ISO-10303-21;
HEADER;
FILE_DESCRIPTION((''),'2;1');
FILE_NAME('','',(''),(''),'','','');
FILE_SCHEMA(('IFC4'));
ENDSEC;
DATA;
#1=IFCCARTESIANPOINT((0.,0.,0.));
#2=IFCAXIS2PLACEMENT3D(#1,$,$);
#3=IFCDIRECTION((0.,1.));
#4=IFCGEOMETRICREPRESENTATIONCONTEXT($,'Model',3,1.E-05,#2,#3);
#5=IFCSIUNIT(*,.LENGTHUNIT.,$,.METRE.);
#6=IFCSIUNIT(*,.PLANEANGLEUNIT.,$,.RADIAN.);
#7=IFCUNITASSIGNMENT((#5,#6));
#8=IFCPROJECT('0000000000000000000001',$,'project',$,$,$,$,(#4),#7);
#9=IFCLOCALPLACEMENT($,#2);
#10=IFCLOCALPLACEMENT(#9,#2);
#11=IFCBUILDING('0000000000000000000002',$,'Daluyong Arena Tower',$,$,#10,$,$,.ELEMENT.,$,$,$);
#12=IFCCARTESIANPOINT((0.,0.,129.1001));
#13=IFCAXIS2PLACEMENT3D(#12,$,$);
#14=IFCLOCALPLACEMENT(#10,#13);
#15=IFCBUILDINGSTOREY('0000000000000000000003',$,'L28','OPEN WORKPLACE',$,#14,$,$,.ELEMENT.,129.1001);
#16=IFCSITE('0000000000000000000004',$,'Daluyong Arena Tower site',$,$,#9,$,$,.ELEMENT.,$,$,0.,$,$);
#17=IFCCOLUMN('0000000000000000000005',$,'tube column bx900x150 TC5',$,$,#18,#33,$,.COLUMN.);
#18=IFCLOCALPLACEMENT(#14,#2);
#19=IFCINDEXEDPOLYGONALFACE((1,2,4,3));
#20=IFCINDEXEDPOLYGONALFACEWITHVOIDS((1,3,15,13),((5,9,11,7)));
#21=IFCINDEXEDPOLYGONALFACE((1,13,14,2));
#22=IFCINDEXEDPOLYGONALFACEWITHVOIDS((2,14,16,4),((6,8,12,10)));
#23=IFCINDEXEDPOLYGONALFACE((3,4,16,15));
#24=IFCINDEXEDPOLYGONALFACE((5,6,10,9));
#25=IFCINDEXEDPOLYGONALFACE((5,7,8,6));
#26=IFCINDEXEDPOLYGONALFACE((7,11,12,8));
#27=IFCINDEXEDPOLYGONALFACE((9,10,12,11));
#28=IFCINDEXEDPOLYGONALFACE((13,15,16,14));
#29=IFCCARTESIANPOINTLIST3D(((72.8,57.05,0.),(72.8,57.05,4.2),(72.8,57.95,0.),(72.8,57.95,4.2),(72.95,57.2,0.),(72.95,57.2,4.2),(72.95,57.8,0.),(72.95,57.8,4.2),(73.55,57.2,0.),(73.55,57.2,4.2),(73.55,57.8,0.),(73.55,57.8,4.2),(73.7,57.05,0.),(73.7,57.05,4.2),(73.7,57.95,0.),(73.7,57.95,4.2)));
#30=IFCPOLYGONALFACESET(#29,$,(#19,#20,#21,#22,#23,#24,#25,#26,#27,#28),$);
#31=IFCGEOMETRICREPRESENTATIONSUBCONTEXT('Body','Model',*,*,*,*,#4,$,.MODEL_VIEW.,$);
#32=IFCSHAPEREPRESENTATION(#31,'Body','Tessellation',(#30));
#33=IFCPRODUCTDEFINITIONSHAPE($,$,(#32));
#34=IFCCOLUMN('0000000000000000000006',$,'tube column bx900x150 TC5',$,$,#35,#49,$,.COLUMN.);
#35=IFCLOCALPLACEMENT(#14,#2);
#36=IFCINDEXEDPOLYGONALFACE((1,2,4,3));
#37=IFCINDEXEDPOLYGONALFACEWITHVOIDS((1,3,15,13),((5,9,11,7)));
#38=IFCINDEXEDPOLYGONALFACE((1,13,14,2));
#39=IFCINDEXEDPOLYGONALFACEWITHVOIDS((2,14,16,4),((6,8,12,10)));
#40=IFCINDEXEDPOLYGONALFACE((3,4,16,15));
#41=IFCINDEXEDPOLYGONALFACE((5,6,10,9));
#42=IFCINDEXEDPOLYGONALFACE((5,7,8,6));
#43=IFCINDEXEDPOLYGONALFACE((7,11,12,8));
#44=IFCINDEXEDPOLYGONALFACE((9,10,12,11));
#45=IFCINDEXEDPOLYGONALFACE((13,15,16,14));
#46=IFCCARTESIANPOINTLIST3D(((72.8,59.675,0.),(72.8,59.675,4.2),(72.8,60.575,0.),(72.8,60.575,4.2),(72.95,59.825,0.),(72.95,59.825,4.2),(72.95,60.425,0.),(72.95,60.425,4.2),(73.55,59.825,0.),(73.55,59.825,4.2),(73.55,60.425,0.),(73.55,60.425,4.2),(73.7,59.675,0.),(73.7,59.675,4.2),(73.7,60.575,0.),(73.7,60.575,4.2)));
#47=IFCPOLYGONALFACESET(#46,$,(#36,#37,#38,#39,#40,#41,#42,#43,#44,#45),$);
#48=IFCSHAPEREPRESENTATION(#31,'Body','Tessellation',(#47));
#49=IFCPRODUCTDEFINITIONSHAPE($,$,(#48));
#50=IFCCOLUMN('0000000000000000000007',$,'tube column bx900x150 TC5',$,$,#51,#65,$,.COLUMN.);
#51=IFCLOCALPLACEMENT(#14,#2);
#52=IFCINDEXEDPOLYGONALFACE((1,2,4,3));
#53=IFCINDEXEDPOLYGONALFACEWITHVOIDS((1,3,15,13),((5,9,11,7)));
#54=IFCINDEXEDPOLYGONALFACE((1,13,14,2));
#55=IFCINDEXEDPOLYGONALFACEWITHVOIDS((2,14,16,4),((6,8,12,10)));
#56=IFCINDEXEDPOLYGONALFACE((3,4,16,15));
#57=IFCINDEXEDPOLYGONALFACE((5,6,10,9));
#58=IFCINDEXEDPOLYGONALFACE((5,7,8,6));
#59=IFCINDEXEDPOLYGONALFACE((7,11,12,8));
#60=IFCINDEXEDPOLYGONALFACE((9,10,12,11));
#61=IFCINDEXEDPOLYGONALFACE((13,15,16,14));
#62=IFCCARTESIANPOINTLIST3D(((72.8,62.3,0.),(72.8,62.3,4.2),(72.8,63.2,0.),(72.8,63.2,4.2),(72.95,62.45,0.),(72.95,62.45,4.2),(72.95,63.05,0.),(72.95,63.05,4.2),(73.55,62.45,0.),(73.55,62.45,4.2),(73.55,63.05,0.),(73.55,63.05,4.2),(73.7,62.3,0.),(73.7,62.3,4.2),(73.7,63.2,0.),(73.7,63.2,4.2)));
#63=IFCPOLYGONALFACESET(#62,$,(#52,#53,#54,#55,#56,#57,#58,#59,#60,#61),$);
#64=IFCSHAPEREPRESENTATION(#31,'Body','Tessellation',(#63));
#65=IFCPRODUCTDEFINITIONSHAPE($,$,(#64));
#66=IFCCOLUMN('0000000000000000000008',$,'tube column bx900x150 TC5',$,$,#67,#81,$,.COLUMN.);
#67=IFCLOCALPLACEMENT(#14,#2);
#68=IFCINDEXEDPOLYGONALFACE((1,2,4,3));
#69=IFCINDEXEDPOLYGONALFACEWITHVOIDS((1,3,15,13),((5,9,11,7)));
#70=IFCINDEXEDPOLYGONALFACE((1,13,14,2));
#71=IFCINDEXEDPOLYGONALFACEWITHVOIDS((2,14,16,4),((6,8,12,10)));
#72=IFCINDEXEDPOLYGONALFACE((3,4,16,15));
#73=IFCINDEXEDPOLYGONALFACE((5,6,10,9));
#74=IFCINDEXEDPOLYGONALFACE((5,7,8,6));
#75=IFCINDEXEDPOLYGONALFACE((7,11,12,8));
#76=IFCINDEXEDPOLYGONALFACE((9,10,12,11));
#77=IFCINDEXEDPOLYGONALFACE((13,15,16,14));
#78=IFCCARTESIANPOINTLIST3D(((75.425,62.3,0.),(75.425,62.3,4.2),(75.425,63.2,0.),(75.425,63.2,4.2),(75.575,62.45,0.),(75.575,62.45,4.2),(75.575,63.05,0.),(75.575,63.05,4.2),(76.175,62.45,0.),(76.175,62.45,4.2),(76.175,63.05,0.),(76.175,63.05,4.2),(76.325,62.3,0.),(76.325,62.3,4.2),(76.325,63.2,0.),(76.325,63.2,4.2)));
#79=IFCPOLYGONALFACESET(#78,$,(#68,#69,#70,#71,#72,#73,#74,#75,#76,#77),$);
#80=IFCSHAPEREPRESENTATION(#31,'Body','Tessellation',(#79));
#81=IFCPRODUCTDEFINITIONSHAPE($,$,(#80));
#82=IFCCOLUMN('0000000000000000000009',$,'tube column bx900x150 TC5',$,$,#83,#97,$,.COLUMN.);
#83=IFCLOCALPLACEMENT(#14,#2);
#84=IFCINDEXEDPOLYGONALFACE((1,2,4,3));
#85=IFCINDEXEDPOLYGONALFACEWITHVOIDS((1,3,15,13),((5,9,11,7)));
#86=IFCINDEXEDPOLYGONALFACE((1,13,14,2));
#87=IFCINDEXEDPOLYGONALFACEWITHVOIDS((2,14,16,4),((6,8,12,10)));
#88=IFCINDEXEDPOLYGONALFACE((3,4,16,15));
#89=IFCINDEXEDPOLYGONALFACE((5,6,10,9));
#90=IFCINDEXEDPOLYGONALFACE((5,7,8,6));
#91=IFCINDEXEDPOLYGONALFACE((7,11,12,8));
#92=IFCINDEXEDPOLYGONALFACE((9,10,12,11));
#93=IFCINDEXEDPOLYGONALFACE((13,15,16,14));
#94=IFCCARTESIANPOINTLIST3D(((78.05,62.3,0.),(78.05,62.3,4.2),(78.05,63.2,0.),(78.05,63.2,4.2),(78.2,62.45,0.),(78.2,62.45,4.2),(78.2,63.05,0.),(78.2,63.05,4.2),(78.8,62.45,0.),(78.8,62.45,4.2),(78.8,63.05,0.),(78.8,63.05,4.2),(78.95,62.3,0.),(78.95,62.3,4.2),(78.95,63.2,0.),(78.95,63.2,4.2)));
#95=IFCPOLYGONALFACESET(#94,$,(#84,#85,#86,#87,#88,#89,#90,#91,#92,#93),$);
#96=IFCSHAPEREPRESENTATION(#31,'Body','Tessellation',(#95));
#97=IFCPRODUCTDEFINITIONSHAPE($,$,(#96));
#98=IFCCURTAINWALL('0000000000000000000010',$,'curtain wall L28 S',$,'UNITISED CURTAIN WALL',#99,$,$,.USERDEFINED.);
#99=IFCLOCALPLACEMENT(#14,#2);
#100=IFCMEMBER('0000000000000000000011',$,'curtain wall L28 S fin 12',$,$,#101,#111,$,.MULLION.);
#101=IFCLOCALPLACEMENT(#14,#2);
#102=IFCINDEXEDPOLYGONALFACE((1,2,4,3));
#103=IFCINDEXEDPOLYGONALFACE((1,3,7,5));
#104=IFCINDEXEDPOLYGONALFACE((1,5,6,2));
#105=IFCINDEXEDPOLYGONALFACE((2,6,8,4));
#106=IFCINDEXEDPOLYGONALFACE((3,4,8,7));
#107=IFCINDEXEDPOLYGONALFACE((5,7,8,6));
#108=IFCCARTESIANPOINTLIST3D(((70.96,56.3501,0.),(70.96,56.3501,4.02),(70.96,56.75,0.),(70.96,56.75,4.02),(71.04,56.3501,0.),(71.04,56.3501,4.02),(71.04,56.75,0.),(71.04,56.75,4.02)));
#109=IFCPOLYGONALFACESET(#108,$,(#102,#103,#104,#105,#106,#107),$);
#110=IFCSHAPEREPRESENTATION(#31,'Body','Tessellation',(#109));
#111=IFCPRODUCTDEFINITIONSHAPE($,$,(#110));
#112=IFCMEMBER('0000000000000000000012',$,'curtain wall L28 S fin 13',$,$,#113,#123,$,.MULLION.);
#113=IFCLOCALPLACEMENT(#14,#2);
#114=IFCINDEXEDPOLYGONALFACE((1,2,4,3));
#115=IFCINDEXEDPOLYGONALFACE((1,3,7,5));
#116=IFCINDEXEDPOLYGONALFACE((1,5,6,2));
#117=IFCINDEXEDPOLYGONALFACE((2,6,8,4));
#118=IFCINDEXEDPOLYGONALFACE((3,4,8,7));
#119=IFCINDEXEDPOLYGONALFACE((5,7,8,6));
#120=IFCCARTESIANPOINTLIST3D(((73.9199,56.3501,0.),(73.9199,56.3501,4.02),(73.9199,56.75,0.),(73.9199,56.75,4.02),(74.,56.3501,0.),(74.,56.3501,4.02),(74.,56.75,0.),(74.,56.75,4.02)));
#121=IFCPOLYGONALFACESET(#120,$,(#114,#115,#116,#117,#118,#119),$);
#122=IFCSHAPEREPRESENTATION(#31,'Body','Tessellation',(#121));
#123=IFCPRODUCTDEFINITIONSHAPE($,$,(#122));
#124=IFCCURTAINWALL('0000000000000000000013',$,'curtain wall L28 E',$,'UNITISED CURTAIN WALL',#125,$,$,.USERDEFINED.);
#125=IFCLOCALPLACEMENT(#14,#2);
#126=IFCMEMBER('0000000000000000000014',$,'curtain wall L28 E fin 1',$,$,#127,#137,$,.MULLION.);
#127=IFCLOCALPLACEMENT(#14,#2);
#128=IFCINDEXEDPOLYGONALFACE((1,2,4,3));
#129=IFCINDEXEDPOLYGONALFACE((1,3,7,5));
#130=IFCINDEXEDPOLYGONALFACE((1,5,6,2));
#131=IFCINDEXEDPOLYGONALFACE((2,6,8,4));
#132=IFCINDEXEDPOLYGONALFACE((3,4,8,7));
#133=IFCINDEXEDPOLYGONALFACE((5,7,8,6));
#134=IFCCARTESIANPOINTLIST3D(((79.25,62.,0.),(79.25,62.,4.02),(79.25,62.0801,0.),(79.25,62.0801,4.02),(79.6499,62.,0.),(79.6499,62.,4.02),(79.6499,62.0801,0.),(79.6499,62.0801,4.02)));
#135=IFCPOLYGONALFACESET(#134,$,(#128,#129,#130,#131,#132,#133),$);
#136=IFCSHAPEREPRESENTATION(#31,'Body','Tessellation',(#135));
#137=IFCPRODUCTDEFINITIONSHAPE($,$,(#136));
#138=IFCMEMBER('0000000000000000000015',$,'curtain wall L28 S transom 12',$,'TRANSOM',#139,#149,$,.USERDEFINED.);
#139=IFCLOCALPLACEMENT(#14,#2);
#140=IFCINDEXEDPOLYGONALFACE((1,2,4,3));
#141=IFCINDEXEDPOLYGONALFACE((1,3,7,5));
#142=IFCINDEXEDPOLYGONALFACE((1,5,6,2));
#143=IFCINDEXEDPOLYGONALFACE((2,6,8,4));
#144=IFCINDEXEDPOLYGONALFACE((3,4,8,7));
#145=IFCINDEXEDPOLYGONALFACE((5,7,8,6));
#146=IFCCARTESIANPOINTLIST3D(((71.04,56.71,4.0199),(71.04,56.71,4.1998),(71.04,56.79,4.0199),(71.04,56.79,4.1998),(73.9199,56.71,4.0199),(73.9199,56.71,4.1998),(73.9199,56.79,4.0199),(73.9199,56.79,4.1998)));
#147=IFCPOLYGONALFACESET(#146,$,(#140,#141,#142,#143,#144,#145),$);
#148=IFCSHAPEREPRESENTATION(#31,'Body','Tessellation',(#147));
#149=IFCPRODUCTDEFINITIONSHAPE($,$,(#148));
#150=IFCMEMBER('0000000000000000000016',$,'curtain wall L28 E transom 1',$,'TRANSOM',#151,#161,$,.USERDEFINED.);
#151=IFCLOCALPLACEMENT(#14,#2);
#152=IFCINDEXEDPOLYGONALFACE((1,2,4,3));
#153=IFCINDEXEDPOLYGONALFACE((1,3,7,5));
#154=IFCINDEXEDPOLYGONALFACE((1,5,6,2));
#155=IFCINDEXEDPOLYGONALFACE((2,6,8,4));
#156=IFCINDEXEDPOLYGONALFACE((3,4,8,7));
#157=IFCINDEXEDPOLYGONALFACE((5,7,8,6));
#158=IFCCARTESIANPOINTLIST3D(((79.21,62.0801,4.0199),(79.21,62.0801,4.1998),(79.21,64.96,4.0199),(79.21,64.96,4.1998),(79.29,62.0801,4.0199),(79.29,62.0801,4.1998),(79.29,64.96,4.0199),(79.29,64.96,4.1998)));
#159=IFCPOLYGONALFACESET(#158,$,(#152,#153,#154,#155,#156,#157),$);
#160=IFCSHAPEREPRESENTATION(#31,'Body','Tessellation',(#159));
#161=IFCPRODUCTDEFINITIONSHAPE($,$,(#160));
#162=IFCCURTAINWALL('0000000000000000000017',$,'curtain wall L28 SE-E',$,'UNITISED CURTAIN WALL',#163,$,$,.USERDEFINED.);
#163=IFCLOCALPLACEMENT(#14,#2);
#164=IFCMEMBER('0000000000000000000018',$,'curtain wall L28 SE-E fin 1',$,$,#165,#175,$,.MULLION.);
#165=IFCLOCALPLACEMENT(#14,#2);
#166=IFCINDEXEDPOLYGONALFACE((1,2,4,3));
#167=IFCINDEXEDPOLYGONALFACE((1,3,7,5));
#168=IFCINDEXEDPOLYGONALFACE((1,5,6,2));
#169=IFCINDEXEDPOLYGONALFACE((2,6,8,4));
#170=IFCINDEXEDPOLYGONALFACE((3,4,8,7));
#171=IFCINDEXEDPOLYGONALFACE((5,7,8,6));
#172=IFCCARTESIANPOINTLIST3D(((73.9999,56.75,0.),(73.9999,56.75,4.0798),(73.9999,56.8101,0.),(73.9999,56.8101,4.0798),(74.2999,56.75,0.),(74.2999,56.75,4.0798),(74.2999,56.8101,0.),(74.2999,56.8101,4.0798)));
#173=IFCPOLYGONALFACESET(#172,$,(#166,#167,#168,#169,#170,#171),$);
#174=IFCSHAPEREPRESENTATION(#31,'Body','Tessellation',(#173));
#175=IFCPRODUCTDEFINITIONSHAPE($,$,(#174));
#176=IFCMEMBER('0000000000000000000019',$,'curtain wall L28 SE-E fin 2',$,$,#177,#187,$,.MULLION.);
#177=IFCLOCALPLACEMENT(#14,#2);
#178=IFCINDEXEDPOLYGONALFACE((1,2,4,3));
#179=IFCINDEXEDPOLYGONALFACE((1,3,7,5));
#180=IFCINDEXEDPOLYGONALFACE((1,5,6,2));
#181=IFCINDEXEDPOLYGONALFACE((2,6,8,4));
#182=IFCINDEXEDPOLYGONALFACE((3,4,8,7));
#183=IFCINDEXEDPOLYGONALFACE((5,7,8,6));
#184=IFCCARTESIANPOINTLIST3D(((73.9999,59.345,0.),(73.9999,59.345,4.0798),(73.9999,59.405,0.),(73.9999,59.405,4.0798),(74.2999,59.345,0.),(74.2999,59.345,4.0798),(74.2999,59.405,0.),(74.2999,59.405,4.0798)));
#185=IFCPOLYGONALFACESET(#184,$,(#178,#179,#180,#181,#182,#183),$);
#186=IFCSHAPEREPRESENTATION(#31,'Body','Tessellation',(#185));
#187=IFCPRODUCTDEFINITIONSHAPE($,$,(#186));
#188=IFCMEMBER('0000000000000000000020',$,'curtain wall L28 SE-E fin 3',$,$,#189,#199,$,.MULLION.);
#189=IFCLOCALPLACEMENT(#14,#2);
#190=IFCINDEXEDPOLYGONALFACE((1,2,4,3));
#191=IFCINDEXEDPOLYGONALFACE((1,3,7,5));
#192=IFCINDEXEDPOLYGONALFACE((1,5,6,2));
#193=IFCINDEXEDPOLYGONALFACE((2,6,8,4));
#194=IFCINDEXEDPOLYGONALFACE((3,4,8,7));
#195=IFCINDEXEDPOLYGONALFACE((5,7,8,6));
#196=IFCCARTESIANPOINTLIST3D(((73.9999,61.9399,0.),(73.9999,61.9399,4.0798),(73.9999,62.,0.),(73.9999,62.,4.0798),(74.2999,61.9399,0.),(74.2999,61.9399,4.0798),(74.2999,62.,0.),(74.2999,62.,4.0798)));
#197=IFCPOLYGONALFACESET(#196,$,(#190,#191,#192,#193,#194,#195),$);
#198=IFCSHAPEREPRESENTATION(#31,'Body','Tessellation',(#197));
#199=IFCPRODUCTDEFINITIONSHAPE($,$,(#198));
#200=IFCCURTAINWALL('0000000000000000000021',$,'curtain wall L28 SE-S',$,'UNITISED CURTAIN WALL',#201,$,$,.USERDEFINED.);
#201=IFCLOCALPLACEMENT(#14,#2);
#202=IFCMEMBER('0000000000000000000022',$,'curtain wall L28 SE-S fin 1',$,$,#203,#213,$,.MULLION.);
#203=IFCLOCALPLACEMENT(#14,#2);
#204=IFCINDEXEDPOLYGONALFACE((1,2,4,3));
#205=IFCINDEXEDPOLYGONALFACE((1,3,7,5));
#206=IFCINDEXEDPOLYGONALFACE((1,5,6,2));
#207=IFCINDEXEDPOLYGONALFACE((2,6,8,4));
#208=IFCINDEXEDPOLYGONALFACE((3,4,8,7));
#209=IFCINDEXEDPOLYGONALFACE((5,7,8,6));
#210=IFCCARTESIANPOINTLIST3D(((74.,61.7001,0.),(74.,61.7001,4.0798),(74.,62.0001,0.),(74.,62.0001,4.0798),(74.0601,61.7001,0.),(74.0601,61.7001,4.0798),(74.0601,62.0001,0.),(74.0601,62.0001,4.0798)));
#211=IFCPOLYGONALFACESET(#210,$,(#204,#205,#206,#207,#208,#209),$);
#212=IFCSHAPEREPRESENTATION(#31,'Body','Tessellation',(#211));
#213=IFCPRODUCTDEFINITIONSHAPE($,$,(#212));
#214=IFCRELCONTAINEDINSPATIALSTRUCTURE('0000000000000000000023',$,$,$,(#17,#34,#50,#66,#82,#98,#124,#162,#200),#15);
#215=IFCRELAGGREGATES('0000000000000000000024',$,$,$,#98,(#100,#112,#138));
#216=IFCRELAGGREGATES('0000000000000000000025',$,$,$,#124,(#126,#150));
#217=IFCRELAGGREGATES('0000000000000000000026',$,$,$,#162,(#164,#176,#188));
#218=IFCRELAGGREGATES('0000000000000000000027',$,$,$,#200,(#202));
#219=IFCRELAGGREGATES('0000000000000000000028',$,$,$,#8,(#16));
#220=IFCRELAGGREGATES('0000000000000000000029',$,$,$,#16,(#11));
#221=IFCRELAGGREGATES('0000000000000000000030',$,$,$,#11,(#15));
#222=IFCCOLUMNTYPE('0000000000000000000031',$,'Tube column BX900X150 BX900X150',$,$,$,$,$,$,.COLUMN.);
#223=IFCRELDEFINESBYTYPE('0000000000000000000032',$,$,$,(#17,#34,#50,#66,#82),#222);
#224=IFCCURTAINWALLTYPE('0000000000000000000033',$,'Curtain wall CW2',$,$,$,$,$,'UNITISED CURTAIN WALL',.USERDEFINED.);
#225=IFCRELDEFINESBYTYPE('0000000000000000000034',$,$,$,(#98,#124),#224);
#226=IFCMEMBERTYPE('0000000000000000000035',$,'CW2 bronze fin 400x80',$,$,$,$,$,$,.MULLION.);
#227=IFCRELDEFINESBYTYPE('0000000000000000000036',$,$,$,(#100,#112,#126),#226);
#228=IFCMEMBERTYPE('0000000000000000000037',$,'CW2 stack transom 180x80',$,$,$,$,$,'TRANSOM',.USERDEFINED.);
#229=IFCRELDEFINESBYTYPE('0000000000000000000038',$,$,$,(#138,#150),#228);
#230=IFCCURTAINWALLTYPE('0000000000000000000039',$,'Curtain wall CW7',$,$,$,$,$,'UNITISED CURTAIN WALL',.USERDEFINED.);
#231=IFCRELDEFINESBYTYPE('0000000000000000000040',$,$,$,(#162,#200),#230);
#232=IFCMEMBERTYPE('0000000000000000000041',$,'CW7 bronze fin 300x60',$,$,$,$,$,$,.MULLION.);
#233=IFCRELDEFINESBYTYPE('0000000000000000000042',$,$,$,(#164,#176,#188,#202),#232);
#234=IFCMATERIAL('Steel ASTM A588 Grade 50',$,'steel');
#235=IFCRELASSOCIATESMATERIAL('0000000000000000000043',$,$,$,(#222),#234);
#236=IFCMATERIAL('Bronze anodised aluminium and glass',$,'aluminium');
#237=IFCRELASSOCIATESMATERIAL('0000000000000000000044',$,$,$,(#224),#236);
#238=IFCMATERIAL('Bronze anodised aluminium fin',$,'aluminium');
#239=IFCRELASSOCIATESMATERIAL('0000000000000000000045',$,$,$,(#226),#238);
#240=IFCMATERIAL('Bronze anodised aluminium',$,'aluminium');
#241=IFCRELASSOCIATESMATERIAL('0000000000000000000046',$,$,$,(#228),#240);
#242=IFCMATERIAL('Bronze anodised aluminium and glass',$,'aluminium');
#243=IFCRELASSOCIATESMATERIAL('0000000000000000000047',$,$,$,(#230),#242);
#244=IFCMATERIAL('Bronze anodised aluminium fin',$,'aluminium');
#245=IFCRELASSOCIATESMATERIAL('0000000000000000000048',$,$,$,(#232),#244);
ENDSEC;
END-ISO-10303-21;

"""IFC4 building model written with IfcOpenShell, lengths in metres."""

from ifc_helpers import new_model, si_unit, direction, frame, origin, origin_2d, place, context, subcontext, project, spatial, rectangle, hollow_rectangle, extrude, material, material_profile, profile_set, type_object, element, aggregate, save


model = new_model("IFC4")

# Units and contexts
model_context = context("Model", 3, precision=1e-05, world=origin(), true_north=direction((0.0, 1.0)))
body_context = subcontext(model_context, "Body", "Model", "MODEL_VIEW")
ifc_project = project(units=[si_unit("LENGTHUNIT", "METRE"), si_unit("PLANEANGLEUNIT", "RADIAN")], contexts=[model_context])

# Site, building, storey
site_placement = place(None, origin())
site = spatial("IfcSite", under=ifc_project, at=site_placement, Name="Daluyong Arena Tower site", CompositionType="ELEMENT", RefElevation=0.0)
building_placement = place(site_placement, origin())
building = spatial("IfcBuilding", under=site, at=building_placement, Name="Daluyong Arena Tower", CompositionType="ELEMENT")
storey_placement = place(building_placement, frame((0.0, 0.0, 129.1001)))
storey = spatial("IfcBuildingStorey", under=building, at=storey_placement, Name="L28", Description="OPEN WORKPLACE", CompositionType="ELEMENT", Elevation=129.1001)

# Columns
ifc_material_1 = material(Name="Steel ASTM A588 Grade 50", Category="steel")
ifc_material_profile_1 = material_profile(ifc_material_1, hollow_rectangle(XDim=0.8999, YDim=0.8999, WallThickness=0.15, at=origin_2d()))
ifc_profile_set_1 = profile_set([ifc_material_profile_1], Name="Steel ASTM A588 Grade 50")
column_type = type_object("IfcColumnType", Name="Tube column BX900X150 BX900X150", PredefinedType="COLUMN", material=ifc_profile_set_1)
for number, where, z_axis, x_axis, name in (
    (1, (73.25, 57.5, 0.0), (0.0, 0.0, 1.0), (0.0, 1.0, 0.0), "tube column bx900x150 TC5"),
    (2, (73.25, 60.125, 0.0), (0.0, 0.0, 1.0), (0.0, 1.0, 0.0), "tube column bx900x150 TC5"),
    (3, (73.25, 62.75, 0.0), (0.0, 0.0, 1.0), (1.0, 0.0, 0.0), "tube column bx900x150 TC5"),
    (4, (75.875, 62.75, 0.0), (0.0, 0.0, 1.0), (1.0, 0.0, 0.0), "tube column bx900x150 TC5"),
    (5, (78.5, 62.75, 0.0), (0.0, 0.0, 1.0), (0.0, 1.0, 0.0), "tube column bx900x150 TC5"),
):
    element("IfcColumn", number, at=place(storey_placement, frame(where, z_axis=z_axis, x_axis=x_axis)), inside=storey, type_object=column_type, Name=name, PredefinedType="COLUMN", context=body_context, shape_type="SweptSolid", body=[
        extrude(hollow_rectangle(XDim=0.8999, YDim=0.8999, WallThickness=0.15, at=origin_2d()), origin(), (0.0, 0.0, 1.0), 4.2),
    ])

# Curtain wall, members
ifc_material_2 = material(Name="Bronze anodised aluminium and glass", Category="aluminium")
curtain_wall_type_1 = type_object("IfcCurtainWallType", Name="Curtain wall CW2", ElementType="UNITISED CURTAIN WALL", PredefinedType="USERDEFINED", material=ifc_material_2)
curtain_wall_1_placement = place(storey_placement, origin())
curtain_wall_1 = element("IfcCurtainWall", 6, at=curtain_wall_1_placement, inside=storey, type_object=curtain_wall_type_1, Name="curtain wall L28 S", ObjectType="UNITISED CURTAIN WALL", PredefinedType="USERDEFINED")
ifc_material_3 = material(Name="Bronze anodised aluminium fin", Category="aluminium")
ifc_material_profile_2 = material_profile(ifc_material_3, rectangle(XDim=0.3999, YDim=0.0801, at=origin_2d()))
ifc_profile_set_2 = profile_set([ifc_material_profile_2], Name="Bronze anodised aluminium fin")
member_type_1 = type_object("IfcMemberType", Name="CW2 bronze fin 400x80", PredefinedType="MULLION", material=ifc_profile_set_2)
member_1_placement = place(storey_placement, frame((71.0, 56.55, 0.0), z_axis=(0.0, 0.0, 1.0), x_axis=(0.0, 1.0, 0.0)))
member_1 = element("IfcMember", 7, at=member_1_placement, type_object=member_type_1, Name="curtain wall L28 S fin 12", PredefinedType="MULLION", context=body_context, shape_type="SweptSolid", body=[
    extrude(rectangle(XDim=0.3999, YDim=0.0801, at=origin_2d()), origin(), (0.0, 0.0, 1.0), 4.02),
])
member_2_placement = place(storey_placement, frame((73.96, 56.55, 0.0), z_axis=(0.0, 0.0, 1.0), x_axis=(0.0, 1.0, 0.0)))
member_2 = element("IfcMember", 8, at=member_2_placement, type_object=member_type_1, Name="curtain wall L28 S fin 13", PredefinedType="MULLION", context=body_context, shape_type="SweptSolid", body=[
    extrude(rectangle(XDim=0.3999, YDim=0.0801, at=origin_2d()), origin(), (0.0, 0.0, 1.0), 4.02),
])

# Curtain wall, member
curtain_wall_2_placement = place(storey_placement, origin())
curtain_wall_2 = element("IfcCurtainWall", 9, at=curtain_wall_2_placement, inside=storey, type_object=curtain_wall_type_1, Name="curtain wall L28 E", ObjectType="UNITISED CURTAIN WALL", PredefinedType="USERDEFINED")
member_3_placement = place(storey_placement, frame((79.45, 62.04, 0.0), z_axis=(0.0, 0.0, 1.0), x_axis=(-1.0, 0.0, 0.0)))
member_3 = element("IfcMember", 10, at=member_3_placement, type_object=member_type_1, Name="curtain wall L28 E fin 1", PredefinedType="MULLION", context=body_context, shape_type="SweptSolid", body=[
    extrude(rectangle(XDim=0.3999, YDim=0.0801, at=origin_2d()), origin(), (0.0, 0.0, 1.0), 4.02),
])

# Members
ifc_material_4 = material(Name="Bronze anodised aluminium", Category="aluminium")
ifc_material_profile_3 = material_profile(ifc_material_4, rectangle(XDim=0.0801, YDim=0.1799, at=origin_2d()))
ifc_profile_set_3 = profile_set([ifc_material_profile_3], Name="Bronze anodised aluminium")
member_type_2 = type_object("IfcMemberType", Name="CW2 stack transom 180x80", ElementType="TRANSOM", PredefinedType="USERDEFINED", material=ifc_profile_set_3)
member_4_placement = place(storey_placement, frame((71.04, 56.75, 4.1099), z_axis=(1.0, 0.0, 0.0), x_axis=(0.0, 1.0, 0.0)))
member_4 = element("IfcMember", 11, at=member_4_placement, type_object=member_type_2, Name="curtain wall L28 S transom 12", ObjectType="TRANSOM", PredefinedType="USERDEFINED", context=body_context, shape_type="SweptSolid", body=[
    extrude(rectangle(XDim=0.0801, YDim=0.1799, at=origin_2d()), origin(), (0.0, 0.0, 1.0), 2.8799),
])
member_5_placement = place(storey_placement, frame((79.25, 62.0801, 4.1099), z_axis=(0.0, 1.0, 0.0), x_axis=(-1.0, 0.0, 0.0)))
member_5 = element("IfcMember", 12, at=member_5_placement, type_object=member_type_2, Name="curtain wall L28 E transom 1", ObjectType="TRANSOM", PredefinedType="USERDEFINED", context=body_context, shape_type="SweptSolid", body=[
    extrude(rectangle(XDim=0.0801, YDim=0.1799, at=origin_2d()), origin(), (0.0, 0.0, 1.0), 2.8799),
])

# Curtain walls, members
ifc_material_5 = material(Name="Bronze anodised aluminium and glass", Category="aluminium")
curtain_wall_type_2 = type_object("IfcCurtainWallType", Name="Curtain wall CW7", ElementType="UNITISED CURTAIN WALL", PredefinedType="USERDEFINED", material=ifc_material_5)
curtain_wall_3_placement = place(storey_placement, origin())
curtain_wall_3 = element("IfcCurtainWall", 13, at=curtain_wall_3_placement, inside=storey, type_object=curtain_wall_type_2, Name="curtain wall L28 SE-E", ObjectType="UNITISED CURTAIN WALL", PredefinedType="USERDEFINED")
ifc_material_6 = material(Name="Bronze anodised aluminium fin", Category="aluminium")
ifc_material_profile_4 = material_profile(ifc_material_6, rectangle(XDim=0.3, YDim=0.0601, at=origin_2d()))
ifc_profile_set_4 = profile_set([ifc_material_profile_4], Name="Bronze anodised aluminium fin")
member_type_3 = type_object("IfcMemberType", Name="CW7 bronze fin 300x60", PredefinedType="MULLION", material=ifc_profile_set_4)
member_6_placement = place(storey_placement, frame((74.1499, 56.78, 0.0), z_axis=(0.0, 0.0, 1.0), x_axis=(-1.0, 0.0, 0.0)))
member_6 = element("IfcMember", 14, at=member_6_placement, type_object=member_type_3, Name="curtain wall L28 SE-E fin 1", PredefinedType="MULLION", context=body_context, shape_type="SweptSolid", body=[
    extrude(rectangle(XDim=0.3, YDim=0.0601, at=origin_2d()), origin(), (0.0, 0.0, 1.0), 4.0798),
])
member_7_placement = place(storey_placement, frame((74.1499, 59.375, 0.0), z_axis=(0.0, 0.0, 1.0), x_axis=(-1.0, 0.0, 0.0)))
member_7 = element("IfcMember", 15, at=member_7_placement, type_object=member_type_3, Name="curtain wall L28 SE-E fin 2", PredefinedType="MULLION", context=body_context, shape_type="SweptSolid", body=[
    extrude(rectangle(XDim=0.3, YDim=0.0601, at=origin_2d()), origin(), (0.0, 0.0, 1.0), 4.0798),
])
member_8_placement = place(storey_placement, frame((74.1499, 61.97, 0.0), z_axis=(0.0, 0.0, 1.0), x_axis=(-1.0, 0.0, 0.0)))
member_8 = element("IfcMember", 16, at=member_8_placement, type_object=member_type_3, Name="curtain wall L28 SE-E fin 3", PredefinedType="MULLION", context=body_context, shape_type="SweptSolid", body=[
    extrude(rectangle(XDim=0.3, YDim=0.0601, at=origin_2d()), origin(), (0.0, 0.0, 1.0), 4.0798),
])
curtain_wall_4_placement = place(storey_placement, origin())
curtain_wall_4 = element("IfcCurtainWall", 17, at=curtain_wall_4_placement, inside=storey, type_object=curtain_wall_type_2, Name="curtain wall L28 SE-S", ObjectType="UNITISED CURTAIN WALL", PredefinedType="USERDEFINED")
member_9_placement = place(storey_placement, frame((74.03, 61.8501, 0.0), z_axis=(0.0, 0.0, 1.0), x_axis=(0.0, 1.0, 0.0)))
member_9 = element("IfcMember", 18, at=member_9_placement, type_object=member_type_3, Name="curtain wall L28 SE-S fin 1", PredefinedType="MULLION", context=body_context, shape_type="SweptSolid", body=[
    extrude(rectangle(XDim=0.3, YDim=0.0601, at=origin_2d()), origin(), (0.0, 0.0, 1.0), 4.0798),
])

aggregate(curtain_wall_1, [member_1, member_2, member_4])
aggregate(curtain_wall_2, [member_3, member_5])
aggregate(curtain_wall_3, [member_6, member_7, member_8])
aggregate(curtain_wall_4, [member_9])

save(model, "model.ifc")
